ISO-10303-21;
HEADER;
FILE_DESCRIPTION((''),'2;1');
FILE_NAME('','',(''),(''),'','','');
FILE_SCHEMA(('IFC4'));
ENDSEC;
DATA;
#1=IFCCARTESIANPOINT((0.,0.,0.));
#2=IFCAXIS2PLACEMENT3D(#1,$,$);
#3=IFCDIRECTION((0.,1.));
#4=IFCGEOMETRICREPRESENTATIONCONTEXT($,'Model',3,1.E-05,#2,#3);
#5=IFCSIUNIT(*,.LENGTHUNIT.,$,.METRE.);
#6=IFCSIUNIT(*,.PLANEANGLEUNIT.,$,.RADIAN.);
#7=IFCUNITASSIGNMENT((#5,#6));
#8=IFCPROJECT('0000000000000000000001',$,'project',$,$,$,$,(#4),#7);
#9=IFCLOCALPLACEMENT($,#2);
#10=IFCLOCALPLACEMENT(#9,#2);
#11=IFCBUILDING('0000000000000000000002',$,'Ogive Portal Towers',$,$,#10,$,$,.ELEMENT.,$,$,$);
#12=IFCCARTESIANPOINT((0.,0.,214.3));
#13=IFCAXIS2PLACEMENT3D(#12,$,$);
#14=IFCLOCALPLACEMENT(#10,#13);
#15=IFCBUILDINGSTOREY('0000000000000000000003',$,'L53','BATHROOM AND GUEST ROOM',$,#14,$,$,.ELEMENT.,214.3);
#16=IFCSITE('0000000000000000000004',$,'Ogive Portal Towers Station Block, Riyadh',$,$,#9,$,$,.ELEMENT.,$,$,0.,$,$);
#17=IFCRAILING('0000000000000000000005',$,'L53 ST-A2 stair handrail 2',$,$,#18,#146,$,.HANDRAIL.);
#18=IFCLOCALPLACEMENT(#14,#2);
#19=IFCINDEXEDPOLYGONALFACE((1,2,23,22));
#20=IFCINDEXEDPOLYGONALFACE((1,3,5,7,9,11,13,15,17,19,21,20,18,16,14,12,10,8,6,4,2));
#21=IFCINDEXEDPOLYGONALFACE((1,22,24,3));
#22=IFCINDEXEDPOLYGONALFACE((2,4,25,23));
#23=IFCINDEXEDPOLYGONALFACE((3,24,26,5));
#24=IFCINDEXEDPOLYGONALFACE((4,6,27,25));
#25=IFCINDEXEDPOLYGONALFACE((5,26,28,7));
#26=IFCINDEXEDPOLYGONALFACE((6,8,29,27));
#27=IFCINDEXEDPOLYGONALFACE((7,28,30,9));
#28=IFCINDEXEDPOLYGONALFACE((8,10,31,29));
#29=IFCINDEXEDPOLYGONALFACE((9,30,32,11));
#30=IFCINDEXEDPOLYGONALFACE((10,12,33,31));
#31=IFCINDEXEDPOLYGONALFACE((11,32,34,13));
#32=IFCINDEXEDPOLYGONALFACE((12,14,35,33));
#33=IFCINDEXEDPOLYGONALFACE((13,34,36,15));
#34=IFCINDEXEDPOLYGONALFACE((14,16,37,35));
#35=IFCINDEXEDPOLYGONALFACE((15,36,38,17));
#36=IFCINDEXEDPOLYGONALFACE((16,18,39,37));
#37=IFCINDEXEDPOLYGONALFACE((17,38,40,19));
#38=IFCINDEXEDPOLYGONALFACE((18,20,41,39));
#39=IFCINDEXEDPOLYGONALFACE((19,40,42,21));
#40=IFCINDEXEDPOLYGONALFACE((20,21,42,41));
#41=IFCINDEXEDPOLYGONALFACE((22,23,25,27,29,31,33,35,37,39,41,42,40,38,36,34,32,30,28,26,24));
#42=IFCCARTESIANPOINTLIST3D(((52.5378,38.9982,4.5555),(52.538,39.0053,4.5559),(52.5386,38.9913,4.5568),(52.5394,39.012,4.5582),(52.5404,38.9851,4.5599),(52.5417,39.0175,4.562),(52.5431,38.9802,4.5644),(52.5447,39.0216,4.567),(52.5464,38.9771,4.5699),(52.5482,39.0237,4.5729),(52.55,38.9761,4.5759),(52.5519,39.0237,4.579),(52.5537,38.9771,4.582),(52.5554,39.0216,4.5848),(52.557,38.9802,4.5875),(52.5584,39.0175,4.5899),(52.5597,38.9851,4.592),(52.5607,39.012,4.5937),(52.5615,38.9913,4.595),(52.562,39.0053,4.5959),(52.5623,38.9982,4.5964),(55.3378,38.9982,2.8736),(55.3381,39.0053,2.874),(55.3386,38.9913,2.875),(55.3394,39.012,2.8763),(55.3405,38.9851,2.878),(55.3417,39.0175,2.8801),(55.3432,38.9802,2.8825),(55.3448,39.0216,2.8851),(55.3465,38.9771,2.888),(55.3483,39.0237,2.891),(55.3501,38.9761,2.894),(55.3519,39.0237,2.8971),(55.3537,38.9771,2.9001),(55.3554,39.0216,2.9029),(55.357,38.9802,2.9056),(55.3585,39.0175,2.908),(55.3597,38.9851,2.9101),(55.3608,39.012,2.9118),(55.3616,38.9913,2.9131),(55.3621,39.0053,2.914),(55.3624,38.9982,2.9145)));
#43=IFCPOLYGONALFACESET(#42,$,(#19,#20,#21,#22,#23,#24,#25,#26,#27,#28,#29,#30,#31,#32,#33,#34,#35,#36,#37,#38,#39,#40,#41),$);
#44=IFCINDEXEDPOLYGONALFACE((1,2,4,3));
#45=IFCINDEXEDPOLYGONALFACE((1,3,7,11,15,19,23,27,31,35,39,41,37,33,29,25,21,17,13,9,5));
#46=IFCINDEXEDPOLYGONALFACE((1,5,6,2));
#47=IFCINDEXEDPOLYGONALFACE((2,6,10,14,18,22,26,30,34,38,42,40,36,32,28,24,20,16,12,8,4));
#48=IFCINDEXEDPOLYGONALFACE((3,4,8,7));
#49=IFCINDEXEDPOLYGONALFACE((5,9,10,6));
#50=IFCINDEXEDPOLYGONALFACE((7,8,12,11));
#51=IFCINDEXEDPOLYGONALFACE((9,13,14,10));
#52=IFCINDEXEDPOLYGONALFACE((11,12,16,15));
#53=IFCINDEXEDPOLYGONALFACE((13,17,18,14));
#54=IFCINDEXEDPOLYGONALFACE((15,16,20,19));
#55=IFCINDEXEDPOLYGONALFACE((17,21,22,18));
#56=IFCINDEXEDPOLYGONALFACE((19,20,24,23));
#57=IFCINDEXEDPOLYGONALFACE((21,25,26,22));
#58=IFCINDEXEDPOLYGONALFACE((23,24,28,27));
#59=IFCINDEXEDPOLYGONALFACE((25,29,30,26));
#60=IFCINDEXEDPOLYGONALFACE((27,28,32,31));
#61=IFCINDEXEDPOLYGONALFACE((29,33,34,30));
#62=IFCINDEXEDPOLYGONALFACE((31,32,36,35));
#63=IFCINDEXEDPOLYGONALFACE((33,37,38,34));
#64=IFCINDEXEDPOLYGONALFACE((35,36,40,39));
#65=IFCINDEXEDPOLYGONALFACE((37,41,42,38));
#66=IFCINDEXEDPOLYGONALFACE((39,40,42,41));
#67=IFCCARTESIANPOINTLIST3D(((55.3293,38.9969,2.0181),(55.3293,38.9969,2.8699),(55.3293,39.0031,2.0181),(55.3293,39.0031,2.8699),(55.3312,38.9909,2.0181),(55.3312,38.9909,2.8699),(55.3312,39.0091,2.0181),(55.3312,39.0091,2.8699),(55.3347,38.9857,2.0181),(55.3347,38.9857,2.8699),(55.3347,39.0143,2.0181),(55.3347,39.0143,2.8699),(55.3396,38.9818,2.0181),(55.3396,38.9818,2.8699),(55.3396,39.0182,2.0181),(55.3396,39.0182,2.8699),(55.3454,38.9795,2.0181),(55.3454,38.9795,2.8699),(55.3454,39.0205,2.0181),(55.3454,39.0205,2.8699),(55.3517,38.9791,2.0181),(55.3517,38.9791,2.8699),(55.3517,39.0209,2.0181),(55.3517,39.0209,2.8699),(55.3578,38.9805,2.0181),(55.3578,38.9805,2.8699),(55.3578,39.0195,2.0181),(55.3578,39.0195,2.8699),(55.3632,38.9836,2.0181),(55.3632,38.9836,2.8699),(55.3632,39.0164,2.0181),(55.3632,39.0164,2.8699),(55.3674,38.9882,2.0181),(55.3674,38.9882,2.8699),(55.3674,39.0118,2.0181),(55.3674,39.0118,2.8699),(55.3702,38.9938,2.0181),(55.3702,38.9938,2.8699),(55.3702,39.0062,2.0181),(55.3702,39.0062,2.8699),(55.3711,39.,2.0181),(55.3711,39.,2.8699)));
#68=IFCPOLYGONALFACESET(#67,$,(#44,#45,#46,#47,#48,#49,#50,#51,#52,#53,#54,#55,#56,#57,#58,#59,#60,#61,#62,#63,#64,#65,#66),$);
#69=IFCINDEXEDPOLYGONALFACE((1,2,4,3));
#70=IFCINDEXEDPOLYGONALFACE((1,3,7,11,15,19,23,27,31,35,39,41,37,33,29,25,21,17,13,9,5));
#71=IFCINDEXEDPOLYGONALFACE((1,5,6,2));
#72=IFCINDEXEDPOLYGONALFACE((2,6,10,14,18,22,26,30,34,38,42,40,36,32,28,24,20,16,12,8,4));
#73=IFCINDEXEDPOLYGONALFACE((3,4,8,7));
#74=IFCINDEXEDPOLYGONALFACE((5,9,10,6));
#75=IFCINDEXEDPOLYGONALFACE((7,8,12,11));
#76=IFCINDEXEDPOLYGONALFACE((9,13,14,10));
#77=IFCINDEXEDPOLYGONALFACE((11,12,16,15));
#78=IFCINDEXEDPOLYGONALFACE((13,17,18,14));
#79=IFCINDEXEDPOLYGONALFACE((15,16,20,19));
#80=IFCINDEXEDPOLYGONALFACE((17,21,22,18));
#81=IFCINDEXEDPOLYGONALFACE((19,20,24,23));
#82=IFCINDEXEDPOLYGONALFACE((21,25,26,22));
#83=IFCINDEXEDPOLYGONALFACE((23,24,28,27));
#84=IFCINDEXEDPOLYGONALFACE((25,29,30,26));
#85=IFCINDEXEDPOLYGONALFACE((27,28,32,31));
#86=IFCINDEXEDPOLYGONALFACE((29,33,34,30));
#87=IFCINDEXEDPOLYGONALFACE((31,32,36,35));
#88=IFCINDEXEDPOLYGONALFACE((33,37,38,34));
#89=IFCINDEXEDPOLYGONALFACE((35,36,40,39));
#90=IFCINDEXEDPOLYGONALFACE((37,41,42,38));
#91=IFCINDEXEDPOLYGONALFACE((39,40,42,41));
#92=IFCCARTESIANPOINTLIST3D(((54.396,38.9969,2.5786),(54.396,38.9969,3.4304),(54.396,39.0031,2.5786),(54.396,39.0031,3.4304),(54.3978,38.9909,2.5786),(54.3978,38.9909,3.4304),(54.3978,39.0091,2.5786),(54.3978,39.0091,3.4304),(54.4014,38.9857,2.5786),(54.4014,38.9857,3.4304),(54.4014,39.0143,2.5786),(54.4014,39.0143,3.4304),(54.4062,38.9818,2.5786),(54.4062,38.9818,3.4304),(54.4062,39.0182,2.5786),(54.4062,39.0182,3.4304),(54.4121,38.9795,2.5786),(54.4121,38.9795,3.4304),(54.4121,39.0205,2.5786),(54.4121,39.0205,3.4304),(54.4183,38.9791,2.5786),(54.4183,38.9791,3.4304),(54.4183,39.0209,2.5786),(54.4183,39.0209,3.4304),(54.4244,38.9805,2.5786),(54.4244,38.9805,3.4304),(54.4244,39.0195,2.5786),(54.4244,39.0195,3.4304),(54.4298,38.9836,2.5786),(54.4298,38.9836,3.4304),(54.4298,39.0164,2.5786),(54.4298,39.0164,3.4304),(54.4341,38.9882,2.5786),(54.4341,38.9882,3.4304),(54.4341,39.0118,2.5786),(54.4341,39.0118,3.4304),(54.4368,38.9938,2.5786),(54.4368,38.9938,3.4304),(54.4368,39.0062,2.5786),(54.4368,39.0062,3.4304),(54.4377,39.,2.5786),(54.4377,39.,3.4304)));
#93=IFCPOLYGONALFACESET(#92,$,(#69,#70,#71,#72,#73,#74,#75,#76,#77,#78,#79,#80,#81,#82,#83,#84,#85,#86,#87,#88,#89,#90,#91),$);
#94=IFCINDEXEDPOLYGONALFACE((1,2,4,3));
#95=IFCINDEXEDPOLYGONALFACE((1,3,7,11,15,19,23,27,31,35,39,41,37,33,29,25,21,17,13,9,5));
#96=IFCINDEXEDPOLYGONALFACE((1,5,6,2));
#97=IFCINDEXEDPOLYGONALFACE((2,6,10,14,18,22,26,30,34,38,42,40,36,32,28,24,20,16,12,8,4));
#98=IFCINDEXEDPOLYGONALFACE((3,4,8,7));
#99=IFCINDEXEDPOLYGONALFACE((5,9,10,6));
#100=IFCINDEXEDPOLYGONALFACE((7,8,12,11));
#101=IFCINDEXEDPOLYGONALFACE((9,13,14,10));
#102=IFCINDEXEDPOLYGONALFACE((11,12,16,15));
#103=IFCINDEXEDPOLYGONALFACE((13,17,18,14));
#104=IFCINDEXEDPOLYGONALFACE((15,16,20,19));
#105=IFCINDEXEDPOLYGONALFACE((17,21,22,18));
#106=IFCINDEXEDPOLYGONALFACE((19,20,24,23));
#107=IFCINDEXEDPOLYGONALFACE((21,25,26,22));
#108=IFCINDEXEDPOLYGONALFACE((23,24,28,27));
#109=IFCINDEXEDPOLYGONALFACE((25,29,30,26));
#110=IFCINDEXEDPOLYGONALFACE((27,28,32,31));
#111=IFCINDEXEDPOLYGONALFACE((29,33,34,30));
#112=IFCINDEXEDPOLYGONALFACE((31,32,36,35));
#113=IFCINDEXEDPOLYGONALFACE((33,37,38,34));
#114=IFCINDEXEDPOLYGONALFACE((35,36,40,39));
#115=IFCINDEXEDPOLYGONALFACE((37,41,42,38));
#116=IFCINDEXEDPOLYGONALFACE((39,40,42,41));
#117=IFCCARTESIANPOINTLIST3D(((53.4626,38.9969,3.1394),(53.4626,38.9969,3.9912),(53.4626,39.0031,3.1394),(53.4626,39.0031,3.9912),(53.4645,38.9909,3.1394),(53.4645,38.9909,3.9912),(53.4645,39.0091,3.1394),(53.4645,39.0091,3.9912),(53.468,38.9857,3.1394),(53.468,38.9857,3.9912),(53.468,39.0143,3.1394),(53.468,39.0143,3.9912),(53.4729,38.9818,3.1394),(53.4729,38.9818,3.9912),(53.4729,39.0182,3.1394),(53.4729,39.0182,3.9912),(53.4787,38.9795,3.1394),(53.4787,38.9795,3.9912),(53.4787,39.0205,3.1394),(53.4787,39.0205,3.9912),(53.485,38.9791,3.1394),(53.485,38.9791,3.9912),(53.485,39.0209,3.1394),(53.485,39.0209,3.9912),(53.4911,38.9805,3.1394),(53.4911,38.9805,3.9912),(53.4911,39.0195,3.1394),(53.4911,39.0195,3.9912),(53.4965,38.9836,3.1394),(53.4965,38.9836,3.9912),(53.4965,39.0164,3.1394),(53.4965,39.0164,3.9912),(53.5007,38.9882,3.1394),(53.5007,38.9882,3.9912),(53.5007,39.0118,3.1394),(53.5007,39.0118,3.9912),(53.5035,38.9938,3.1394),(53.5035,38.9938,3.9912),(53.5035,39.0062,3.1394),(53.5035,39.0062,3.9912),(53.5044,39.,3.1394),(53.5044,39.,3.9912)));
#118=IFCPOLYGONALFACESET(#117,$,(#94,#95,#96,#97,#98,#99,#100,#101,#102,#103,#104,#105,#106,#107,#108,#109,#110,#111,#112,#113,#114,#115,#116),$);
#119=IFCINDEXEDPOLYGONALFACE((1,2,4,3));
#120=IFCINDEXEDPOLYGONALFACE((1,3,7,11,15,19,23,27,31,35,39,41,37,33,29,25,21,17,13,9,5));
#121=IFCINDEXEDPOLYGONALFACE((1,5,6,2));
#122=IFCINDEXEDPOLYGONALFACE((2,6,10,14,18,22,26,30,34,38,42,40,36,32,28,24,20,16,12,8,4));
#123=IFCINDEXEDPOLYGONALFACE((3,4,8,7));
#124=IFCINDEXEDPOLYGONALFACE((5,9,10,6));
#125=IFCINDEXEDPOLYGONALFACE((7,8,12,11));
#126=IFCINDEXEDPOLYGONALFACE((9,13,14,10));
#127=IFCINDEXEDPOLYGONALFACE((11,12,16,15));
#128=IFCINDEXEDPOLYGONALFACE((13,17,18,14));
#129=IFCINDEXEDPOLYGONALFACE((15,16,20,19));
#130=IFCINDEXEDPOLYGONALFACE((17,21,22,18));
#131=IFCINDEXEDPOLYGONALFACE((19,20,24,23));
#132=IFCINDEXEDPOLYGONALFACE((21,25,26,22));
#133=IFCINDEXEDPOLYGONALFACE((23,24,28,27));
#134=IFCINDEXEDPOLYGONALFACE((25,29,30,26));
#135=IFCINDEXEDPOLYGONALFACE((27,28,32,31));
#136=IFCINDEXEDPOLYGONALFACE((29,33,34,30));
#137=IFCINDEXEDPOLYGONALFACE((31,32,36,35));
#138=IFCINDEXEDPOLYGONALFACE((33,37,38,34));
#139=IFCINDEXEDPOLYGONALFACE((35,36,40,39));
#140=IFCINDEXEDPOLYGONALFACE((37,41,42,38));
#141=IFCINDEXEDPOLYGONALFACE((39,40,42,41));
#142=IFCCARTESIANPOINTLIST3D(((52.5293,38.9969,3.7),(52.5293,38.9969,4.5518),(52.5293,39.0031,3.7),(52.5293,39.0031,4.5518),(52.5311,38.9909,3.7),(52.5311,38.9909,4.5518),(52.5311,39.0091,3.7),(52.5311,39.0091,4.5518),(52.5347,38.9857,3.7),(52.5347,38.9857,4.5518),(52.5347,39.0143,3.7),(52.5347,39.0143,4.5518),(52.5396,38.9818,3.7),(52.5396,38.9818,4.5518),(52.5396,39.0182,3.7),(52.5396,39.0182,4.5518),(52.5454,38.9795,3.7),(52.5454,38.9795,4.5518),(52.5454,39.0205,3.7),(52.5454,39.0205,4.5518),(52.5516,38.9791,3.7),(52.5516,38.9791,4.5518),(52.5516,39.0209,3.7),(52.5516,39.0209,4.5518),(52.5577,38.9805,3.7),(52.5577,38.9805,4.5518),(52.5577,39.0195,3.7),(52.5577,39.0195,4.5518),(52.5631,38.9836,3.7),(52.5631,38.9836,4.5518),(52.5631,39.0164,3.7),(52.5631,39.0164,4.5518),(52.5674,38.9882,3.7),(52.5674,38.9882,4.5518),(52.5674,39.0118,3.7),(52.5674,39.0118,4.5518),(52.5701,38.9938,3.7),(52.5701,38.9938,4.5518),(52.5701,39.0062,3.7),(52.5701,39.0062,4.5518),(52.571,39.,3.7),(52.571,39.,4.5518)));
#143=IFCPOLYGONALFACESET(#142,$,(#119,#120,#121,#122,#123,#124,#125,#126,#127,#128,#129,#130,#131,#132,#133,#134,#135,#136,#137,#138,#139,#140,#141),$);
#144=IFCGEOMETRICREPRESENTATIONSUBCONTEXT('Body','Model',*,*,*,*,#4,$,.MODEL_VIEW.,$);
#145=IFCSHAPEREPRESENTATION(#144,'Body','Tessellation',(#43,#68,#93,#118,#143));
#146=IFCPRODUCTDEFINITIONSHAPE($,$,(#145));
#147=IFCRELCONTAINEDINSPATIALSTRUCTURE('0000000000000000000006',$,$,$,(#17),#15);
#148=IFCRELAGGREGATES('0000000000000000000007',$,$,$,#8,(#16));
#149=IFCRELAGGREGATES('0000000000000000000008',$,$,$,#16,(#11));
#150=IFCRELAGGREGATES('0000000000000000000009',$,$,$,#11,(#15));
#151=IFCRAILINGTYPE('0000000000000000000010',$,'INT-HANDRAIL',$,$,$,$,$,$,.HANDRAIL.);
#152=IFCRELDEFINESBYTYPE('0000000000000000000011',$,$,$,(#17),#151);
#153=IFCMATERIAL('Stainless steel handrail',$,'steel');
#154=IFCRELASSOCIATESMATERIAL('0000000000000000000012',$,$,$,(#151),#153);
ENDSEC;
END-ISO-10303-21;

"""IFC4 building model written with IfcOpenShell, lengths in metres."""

from ifc_helpers import new_model, si_unit, direction, frame, origin, origin_2d, place, context, subcontext, project, spatial, circle, extrude, material, type_object, element, save


model = new_model("IFC4")

# Units and contexts
model_context = context("Model", 3, precision=1e-05, world=origin(), true_north=direction((0.0, 1.0)))
body_context = subcontext(model_context, "Body", "Model", "MODEL_VIEW")
ifc_project = project(units=[si_unit("LENGTHUNIT", "METRE"), si_unit("PLANEANGLEUNIT", "RADIAN")], contexts=[model_context])

# Site, building, storey
site_placement = place(None, origin())
site = spatial("IfcSite", under=ifc_project, at=site_placement, Name="Ogive Portal Towers Station Block, Riyadh", CompositionType="ELEMENT", RefElevation=0.0)
building_placement = place(site_placement, origin())
building = spatial("IfcBuilding", under=site, at=building_placement, Name="Ogive Portal Towers", CompositionType="ELEMENT")
storey_placement = place(building_placement, frame((0.0, 0.0, 214.3)))
storey = spatial("IfcBuildingStorey", under=building, at=storey_placement, Name="L53", Description="BATHROOM AND GUEST ROOM", CompositionType="ELEMENT", Elevation=214.3)

# Railing
ifc_material_1 = material(Name="Stainless steel handrail", Category="steel")
railing_type_1 = type_object("IfcRailingType", Name="INT-HANDRAIL", PredefinedType="HANDRAIL", material=ifc_material_1)
railing_1_placement = place(storey_placement, frame((55.3501, 39.0, 2.0181)))
element("IfcRailing", 1, at=railing_1_placement, inside=storey, type_object=railing_type_1, Name="L53 ST-A2 stair handrail 2", PredefinedType="HANDRAIL", context=body_context, shape_type="SweptSolid", body=[
    extrude(circle(Radius=0.0239, at=origin_2d()), frame((0.0, 0.0, 0.876), z_axis=(-0.857242, 0.0, 0.514913), x_axis=(0.0, -1.0, 0.0)), (0.0, 0.0, 1.0), 3.2664),
    extrude(circle(Radius=0.021, at=origin_2d()), origin(), (0.0, 0.0, 1.0), 0.8518),
    extrude(circle(Radius=0.021, at=origin_2d()), frame((-0.9333, 0.0, 0.5605)), (0.0, 0.0, 1.0), 0.8518),
    extrude(circle(Radius=0.021, at=origin_2d()), frame((-1.8667, 0.0, 1.1213)), (0.0, 0.0, 1.0), 0.8518),
    extrude(circle(Radius=0.021, at=origin_2d()), frame((-2.8, 0.0, 1.6819)), (0.0, 0.0, 1.0), 0.8518),
])

save(model, "model.ifc")
